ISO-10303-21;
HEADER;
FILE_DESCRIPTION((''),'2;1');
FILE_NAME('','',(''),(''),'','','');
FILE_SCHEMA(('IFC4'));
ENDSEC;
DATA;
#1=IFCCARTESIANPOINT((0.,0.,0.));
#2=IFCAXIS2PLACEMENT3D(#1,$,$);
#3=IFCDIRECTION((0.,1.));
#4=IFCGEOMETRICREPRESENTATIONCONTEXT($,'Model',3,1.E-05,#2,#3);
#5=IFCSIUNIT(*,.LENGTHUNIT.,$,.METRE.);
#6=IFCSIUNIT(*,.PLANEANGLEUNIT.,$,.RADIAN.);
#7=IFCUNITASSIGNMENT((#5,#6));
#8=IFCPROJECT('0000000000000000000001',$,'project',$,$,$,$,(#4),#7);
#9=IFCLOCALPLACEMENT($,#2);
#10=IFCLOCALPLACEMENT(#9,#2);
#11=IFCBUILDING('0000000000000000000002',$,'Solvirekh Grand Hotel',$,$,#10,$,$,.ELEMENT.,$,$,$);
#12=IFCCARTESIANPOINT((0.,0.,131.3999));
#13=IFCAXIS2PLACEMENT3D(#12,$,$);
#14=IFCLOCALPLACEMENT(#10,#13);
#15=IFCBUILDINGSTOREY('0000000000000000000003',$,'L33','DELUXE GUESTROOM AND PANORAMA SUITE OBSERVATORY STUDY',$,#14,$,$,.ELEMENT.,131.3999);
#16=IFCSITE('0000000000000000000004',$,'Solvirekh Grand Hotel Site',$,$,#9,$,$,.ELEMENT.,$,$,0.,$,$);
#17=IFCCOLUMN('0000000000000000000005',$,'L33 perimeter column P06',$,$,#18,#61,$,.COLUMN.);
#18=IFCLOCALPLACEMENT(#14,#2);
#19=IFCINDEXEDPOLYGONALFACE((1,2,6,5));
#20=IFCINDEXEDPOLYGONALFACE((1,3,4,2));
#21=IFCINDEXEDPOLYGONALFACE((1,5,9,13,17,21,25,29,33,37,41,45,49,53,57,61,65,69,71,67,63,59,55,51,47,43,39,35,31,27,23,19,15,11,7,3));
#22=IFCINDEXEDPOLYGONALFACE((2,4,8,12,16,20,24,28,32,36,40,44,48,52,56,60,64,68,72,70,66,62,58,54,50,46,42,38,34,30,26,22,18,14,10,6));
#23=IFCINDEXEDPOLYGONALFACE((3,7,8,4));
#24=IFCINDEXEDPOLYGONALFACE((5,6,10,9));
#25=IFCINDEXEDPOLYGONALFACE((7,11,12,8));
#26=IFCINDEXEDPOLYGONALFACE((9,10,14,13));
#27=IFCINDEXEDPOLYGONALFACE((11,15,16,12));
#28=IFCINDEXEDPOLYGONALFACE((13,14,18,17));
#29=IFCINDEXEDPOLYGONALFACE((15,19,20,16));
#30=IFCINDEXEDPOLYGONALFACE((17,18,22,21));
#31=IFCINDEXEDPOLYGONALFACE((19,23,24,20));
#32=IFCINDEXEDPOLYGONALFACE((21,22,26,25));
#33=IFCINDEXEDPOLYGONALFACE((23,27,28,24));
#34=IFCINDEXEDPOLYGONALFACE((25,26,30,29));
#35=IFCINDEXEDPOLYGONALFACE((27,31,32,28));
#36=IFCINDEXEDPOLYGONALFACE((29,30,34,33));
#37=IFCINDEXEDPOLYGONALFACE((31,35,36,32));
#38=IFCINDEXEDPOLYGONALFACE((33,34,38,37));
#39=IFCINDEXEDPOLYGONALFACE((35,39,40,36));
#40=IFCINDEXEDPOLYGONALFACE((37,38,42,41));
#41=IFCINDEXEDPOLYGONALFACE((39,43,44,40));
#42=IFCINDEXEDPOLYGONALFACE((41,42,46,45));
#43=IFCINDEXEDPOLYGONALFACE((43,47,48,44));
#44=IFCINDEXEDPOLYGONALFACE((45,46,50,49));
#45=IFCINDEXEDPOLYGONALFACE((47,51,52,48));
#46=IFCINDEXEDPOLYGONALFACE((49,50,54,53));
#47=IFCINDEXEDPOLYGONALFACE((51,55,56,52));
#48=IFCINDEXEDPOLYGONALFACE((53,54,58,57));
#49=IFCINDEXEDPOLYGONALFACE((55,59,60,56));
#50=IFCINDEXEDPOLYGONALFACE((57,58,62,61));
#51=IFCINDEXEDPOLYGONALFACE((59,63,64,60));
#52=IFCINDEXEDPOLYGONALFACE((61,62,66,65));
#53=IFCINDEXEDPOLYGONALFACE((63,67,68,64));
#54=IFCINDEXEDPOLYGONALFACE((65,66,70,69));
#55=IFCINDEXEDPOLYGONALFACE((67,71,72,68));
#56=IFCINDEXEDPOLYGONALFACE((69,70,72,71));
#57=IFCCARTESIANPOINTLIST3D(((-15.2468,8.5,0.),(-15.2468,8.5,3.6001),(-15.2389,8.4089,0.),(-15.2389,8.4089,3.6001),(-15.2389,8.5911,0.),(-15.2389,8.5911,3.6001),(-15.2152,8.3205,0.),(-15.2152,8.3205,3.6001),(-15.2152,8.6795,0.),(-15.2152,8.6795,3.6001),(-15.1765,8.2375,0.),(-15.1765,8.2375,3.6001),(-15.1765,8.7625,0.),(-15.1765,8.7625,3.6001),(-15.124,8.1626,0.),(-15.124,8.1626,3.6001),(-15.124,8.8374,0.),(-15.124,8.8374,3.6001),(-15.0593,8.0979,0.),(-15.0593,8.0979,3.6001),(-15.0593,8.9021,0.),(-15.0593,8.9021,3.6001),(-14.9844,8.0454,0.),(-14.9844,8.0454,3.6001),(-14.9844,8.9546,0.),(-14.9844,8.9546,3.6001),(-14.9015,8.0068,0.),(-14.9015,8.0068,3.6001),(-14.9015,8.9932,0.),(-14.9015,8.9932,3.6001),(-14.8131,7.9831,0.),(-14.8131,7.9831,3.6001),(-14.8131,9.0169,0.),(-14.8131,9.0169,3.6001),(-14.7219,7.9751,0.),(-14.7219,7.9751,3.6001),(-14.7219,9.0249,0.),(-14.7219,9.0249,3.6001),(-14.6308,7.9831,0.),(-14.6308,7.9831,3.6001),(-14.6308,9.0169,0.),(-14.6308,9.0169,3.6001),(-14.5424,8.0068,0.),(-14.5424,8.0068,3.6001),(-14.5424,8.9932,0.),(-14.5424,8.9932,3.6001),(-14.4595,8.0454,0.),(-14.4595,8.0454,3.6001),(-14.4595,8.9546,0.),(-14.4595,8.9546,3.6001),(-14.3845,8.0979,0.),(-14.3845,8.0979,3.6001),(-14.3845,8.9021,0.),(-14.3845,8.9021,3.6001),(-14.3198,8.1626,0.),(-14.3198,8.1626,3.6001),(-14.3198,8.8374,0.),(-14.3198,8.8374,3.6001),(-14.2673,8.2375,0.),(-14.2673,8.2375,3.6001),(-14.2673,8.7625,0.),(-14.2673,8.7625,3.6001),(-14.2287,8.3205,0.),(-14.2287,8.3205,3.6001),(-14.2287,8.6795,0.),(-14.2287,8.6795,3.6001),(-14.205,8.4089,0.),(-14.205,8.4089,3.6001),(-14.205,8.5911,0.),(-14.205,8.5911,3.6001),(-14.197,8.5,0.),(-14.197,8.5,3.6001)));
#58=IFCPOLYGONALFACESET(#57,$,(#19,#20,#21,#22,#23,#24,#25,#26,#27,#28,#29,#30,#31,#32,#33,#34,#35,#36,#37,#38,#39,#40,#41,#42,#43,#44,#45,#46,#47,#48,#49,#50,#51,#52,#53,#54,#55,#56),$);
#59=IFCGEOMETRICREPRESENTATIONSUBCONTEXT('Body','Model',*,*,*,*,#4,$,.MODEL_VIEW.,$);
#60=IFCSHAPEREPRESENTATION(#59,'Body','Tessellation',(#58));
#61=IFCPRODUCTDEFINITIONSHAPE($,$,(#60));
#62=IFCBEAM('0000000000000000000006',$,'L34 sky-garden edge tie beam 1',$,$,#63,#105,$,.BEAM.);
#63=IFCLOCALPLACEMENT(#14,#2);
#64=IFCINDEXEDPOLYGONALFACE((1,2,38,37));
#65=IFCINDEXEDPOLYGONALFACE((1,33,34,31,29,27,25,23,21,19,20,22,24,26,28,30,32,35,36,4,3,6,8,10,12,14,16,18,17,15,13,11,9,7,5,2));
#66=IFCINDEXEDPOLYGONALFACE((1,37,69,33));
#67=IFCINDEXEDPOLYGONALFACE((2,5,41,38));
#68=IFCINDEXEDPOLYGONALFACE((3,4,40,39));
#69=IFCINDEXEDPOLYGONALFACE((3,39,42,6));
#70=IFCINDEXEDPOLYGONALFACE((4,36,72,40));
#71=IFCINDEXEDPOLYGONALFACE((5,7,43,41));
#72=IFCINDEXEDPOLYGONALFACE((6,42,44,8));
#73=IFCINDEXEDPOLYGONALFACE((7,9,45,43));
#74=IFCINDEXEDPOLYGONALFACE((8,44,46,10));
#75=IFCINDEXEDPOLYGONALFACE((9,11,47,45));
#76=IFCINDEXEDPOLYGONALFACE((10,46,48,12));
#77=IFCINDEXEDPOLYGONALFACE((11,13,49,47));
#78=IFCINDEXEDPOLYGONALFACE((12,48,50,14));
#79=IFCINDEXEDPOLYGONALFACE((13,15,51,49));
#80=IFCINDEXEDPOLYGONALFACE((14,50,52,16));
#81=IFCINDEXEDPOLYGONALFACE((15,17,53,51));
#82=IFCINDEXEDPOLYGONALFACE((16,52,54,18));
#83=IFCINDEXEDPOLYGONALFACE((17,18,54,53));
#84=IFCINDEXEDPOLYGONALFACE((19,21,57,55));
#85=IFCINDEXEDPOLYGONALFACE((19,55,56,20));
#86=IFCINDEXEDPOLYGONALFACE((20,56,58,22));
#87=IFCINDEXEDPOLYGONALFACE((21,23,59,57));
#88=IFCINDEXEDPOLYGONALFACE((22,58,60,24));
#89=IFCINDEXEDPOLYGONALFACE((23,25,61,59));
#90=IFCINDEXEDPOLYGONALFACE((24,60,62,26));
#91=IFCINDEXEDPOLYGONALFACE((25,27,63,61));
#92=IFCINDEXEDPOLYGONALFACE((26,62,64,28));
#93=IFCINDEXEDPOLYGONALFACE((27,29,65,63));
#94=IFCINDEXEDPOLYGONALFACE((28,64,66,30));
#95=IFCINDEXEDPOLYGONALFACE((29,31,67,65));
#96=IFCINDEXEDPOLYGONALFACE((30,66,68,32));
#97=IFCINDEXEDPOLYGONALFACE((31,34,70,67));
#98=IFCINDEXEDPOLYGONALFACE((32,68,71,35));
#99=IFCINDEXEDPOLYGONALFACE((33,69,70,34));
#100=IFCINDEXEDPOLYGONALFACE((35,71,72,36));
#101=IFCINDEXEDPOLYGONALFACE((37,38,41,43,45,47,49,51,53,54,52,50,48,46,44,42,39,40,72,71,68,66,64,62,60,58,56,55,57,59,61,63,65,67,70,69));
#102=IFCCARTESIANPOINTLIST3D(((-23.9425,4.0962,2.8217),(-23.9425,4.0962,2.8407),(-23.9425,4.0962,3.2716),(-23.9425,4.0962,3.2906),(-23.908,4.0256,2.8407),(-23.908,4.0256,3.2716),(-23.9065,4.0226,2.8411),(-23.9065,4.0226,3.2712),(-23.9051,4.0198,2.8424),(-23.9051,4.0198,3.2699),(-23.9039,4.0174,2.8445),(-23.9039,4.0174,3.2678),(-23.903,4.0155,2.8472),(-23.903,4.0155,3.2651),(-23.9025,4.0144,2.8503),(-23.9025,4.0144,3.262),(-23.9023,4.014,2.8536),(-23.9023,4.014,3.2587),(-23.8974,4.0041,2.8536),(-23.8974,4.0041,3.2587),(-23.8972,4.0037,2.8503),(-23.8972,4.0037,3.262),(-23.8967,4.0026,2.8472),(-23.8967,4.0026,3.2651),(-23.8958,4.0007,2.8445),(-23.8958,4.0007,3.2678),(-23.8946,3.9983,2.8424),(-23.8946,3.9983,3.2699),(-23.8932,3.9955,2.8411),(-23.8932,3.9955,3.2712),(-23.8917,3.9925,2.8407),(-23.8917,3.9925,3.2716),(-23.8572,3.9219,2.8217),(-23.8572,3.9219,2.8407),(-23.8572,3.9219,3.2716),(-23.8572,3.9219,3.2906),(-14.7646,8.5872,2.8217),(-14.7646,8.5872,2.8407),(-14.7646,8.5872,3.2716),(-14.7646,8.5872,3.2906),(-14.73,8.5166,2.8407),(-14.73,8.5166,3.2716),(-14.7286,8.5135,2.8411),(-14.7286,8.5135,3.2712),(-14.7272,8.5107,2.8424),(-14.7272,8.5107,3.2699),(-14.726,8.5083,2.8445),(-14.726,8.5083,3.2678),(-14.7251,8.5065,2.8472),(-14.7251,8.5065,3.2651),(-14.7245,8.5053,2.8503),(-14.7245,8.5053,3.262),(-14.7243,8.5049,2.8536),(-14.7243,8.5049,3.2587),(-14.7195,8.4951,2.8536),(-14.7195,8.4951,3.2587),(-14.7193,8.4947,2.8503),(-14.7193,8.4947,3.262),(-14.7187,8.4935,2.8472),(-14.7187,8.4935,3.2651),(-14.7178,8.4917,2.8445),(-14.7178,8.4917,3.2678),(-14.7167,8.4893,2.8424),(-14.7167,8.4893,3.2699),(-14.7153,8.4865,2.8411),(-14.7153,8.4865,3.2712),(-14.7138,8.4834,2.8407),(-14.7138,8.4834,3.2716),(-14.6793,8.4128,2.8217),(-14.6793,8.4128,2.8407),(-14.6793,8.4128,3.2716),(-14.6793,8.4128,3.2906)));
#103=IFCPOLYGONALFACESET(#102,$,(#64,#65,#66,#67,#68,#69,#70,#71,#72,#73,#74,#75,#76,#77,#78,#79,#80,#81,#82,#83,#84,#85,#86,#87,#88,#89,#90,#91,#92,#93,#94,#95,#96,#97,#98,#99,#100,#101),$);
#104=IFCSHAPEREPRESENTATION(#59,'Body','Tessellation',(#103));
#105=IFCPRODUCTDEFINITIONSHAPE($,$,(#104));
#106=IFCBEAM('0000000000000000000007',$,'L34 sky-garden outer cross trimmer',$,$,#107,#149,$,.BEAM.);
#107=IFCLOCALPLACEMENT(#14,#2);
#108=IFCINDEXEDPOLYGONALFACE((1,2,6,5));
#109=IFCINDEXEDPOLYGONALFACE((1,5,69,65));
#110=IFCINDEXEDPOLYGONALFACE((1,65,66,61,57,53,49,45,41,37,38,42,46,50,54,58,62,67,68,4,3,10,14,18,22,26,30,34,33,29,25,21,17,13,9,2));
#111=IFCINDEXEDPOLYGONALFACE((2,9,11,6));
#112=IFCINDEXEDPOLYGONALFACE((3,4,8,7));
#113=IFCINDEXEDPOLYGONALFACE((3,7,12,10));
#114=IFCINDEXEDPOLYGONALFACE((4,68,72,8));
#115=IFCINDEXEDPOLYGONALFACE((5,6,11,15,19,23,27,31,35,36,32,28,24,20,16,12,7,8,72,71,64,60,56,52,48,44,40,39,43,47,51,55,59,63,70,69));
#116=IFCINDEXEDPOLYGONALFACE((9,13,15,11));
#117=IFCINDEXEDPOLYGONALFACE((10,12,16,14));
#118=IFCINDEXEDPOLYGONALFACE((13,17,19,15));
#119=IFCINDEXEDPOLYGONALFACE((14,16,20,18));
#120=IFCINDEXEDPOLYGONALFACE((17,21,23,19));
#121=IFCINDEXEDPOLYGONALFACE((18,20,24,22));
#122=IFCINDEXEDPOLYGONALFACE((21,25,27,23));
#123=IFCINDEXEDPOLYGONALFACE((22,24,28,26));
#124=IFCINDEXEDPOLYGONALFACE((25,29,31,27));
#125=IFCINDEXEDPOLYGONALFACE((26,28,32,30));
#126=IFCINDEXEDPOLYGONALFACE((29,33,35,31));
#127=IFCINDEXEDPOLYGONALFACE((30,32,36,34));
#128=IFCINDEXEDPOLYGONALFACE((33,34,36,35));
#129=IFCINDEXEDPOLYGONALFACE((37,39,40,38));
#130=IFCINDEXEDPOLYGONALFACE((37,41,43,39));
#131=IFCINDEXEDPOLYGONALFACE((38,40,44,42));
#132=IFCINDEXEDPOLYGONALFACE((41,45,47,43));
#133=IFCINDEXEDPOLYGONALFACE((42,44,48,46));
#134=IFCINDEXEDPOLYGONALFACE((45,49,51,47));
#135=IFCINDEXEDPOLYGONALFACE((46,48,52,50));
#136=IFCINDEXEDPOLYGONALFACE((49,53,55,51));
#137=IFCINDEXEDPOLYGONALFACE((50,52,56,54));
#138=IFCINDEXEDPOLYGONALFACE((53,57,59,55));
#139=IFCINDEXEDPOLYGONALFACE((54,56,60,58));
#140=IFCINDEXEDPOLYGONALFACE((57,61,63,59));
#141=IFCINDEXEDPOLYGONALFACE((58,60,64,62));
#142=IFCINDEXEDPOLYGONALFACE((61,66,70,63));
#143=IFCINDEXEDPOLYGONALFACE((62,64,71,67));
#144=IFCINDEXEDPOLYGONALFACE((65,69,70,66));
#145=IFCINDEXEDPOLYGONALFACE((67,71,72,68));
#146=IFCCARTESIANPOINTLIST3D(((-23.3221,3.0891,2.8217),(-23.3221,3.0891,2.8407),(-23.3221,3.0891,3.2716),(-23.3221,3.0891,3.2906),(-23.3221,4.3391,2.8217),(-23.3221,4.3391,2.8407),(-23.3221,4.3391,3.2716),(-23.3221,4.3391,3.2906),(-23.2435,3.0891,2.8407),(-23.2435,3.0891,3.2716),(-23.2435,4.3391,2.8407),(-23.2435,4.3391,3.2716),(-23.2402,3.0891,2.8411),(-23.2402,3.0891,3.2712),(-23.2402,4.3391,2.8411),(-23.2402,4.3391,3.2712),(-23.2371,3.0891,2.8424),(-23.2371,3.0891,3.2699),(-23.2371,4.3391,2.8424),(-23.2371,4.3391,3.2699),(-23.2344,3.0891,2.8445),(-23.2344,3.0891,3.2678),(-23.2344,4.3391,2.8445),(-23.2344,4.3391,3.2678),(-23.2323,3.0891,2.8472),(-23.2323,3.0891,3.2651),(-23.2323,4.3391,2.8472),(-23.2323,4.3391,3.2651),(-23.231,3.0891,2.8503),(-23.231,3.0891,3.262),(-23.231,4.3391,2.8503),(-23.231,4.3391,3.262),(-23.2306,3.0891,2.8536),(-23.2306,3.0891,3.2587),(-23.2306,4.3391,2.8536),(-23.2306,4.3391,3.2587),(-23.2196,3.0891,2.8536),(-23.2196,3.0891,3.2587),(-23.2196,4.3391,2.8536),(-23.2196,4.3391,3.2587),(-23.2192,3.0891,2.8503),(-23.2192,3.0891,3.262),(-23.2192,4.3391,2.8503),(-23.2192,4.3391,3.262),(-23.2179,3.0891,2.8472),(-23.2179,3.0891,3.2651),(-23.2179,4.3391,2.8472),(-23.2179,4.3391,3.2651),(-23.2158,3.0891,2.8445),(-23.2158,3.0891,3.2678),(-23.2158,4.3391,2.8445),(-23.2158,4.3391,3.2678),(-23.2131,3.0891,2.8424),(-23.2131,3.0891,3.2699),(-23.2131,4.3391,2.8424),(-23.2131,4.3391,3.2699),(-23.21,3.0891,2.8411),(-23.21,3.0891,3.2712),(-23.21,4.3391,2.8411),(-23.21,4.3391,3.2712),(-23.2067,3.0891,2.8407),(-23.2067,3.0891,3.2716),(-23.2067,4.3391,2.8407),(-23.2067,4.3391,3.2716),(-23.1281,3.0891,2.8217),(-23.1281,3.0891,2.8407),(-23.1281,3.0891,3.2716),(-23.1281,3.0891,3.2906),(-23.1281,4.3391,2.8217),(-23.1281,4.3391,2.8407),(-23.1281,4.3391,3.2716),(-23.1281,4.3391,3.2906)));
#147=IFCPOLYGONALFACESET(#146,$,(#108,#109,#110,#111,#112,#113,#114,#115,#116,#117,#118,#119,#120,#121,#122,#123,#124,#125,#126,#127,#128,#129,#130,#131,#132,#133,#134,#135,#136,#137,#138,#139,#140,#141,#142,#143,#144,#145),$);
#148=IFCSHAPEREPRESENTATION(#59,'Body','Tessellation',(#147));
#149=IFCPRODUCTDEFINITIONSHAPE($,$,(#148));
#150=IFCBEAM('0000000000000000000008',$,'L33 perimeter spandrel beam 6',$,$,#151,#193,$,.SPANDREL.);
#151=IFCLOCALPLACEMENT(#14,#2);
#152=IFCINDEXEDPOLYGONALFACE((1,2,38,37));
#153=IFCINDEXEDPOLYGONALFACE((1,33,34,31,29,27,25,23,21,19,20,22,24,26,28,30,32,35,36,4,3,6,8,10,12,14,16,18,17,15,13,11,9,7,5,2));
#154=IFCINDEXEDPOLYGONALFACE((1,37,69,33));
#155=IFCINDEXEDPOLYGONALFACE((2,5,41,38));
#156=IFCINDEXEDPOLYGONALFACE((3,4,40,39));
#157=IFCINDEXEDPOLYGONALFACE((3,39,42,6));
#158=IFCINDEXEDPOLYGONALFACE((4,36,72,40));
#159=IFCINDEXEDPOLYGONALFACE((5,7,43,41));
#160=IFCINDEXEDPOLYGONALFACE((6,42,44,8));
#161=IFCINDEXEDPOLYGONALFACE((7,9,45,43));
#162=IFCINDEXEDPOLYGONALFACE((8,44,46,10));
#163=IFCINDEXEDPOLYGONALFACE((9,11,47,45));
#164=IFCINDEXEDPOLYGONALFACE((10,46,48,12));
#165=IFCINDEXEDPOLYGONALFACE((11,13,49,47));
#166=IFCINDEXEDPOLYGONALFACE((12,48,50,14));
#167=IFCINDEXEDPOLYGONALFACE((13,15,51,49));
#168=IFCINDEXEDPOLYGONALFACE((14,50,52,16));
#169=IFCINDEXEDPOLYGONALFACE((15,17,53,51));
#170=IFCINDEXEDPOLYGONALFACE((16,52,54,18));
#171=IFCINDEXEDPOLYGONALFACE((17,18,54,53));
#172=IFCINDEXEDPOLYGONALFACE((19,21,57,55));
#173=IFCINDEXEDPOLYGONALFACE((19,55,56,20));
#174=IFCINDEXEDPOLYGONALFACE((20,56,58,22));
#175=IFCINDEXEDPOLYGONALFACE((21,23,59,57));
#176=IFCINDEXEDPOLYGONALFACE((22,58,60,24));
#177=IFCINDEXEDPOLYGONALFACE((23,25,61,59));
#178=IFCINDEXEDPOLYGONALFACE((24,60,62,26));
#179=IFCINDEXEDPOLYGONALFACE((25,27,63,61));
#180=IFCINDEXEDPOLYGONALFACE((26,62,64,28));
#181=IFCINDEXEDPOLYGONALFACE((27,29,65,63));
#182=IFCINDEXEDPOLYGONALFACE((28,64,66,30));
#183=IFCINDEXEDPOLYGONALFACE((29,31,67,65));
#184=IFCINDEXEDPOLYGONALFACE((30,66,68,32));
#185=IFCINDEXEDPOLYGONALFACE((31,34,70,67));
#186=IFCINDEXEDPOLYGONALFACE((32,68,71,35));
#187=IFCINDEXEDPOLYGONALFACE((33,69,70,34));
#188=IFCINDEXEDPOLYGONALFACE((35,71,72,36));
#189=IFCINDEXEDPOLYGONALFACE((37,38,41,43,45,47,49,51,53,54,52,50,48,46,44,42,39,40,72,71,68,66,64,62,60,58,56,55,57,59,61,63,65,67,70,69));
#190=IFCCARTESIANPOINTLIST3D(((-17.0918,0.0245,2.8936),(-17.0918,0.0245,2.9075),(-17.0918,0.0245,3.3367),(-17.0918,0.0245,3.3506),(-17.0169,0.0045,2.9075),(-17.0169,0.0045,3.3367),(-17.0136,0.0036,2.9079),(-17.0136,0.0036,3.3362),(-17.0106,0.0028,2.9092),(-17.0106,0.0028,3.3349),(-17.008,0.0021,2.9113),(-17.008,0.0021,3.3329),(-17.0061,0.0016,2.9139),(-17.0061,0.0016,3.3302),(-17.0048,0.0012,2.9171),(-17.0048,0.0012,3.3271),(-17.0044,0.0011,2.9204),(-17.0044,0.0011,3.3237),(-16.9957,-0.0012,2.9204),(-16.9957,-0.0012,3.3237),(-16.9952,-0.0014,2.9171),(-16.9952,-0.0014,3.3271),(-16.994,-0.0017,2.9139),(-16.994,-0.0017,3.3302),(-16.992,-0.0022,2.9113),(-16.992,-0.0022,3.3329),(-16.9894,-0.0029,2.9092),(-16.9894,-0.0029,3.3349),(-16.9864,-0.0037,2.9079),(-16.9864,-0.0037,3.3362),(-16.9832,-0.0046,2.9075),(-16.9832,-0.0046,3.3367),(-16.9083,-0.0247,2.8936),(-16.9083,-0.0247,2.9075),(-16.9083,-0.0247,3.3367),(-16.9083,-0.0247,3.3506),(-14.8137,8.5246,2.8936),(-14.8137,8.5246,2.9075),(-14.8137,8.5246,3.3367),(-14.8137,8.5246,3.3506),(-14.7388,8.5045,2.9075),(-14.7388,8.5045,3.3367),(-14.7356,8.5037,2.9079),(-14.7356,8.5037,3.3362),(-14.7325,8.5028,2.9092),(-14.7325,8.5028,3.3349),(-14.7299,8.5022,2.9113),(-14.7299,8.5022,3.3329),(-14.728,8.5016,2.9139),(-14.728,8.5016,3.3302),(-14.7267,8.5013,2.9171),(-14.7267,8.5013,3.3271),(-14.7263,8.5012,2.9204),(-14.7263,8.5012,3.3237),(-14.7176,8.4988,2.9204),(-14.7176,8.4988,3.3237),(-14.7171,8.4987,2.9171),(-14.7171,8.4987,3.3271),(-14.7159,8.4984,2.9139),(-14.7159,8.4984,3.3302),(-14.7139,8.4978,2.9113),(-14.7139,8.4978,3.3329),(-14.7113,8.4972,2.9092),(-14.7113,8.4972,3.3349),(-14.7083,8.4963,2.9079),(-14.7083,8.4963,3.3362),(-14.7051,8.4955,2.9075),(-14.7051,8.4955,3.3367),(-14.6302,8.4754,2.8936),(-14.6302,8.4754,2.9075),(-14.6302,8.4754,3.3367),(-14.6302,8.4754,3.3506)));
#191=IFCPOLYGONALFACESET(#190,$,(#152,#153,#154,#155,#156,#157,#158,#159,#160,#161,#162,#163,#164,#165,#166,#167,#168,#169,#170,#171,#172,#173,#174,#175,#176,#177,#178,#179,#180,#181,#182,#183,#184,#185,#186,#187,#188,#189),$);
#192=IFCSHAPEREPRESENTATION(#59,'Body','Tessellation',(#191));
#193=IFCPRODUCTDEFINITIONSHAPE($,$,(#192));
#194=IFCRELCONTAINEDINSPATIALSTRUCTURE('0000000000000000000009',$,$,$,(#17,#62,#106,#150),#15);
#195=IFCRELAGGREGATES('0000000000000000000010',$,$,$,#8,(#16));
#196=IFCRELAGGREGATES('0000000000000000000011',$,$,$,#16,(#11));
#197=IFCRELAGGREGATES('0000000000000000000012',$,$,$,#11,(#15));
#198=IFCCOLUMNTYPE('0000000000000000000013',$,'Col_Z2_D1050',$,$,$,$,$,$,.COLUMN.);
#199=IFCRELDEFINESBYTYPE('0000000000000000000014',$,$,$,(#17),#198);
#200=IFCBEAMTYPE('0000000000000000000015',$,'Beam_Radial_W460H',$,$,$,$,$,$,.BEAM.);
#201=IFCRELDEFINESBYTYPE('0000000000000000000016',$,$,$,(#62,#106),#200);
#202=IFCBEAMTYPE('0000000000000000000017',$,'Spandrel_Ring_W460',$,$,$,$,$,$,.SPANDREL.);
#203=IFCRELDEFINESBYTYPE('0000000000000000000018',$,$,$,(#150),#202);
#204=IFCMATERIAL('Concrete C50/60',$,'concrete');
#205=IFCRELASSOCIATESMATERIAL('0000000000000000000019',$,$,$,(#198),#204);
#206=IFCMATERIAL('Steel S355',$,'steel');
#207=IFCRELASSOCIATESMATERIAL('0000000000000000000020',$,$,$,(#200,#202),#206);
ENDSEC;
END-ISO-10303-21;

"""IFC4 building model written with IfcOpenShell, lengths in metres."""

from ifc_helpers import new_model, si_unit, direction, frame, origin, origin_2d, place, context, subcontext, project, spatial, circle, i_section, extrude, material, material_profile, profile_set, type_object, element, save


model = new_model("IFC4")

# Units and contexts
model_context = context("Model", 3, precision=1e-05, world=origin(), true_north=direction((0.0, 1.0)))
body_context = subcontext(model_context, "Body", "Model", "MODEL_VIEW")
ifc_project = project(units=[si_unit("LENGTHUNIT", "METRE"), si_unit("PLANEANGLEUNIT", "RADIAN")], contexts=[model_context])

# Site, building, storey
site_placement = place(None, origin())
site = spatial("IfcSite", under=ifc_project, at=site_placement, Name="Solvirekh Grand Hotel Site", CompositionType="ELEMENT", RefElevation=0.0)
building_placement = place(site_placement, origin())
building = spatial("IfcBuilding", under=site, at=building_placement, Name="Solvirekh Grand Hotel", CompositionType="ELEMENT")
storey_placement = place(building_placement, frame((0.0, 0.0, 131.3999)))
storey = spatial("IfcBuildingStorey", under=building, at=storey_placement, Name="L33", Description="DELUXE GUESTROOM AND PANORAMA SUITE OBSERVATORY STUDY", CompositionType="ELEMENT", Elevation=131.3999)

# Column
ifc_material_1 = material(Name="Concrete C50/60", Category="concrete")
ifc_material_profile_1 = material_profile(ifc_material_1, circle(Radius=0.5249, at=origin_2d()), Name="RC CIRC D1050")
ifc_profile_set_1 = profile_set([ifc_material_profile_1], Name="Concrete C50/60")
column_type = type_object("IfcColumnType", Name="Col_Z2_D1050", PredefinedType="COLUMN", material=ifc_profile_set_1)
column_placement = place(storey_placement, frame((-14.7219, 8.5, 0.0), z_axis=(0.0, 0.0, 1.0), x_axis=(1.0, 0.0, 0.0)))
element("IfcColumn", 1, at=column_placement, inside=storey, type_object=column_type, Name="L33 perimeter column P06", PredefinedType="COLUMN", context=body_context, shape_type="SweptSolid", body=[
    extrude(circle(Radius=0.5249, at=origin_2d()), origin(), (0.0, 0.0, 1.0), 3.6001),
])

# Beams
ifc_material_2 = material(Name="Steel S355", Category="steel")
ifc_material_profile_2 = material_profile(ifc_material_2, i_section(OverallWidth=0.1941, OverallDepth=0.469, WebThickness=0.011, FlangeThickness=0.019, FilletRadius=0.0129, at=origin_2d()), Name="W460X106")
ifc_profile_set_2 = profile_set([ifc_material_profile_2], Name="Steel S355")
beam_type_1 = type_object("IfcBeamType", Name="Beam_Radial_W460H", PredefinedType="BEAM", material=ifc_profile_set_2)
beam_1_placement = place(storey_placement, frame((-14.7219, 8.5, 3.0562), z_axis=(-0.898232, -0.439523, 0.0), x_axis=(0.439523, -0.898232, 0.0)))
element("IfcBeam", 2, at=beam_1_placement, inside=storey, type_object=beam_type_1, Name="L34 sky-garden edge tie beam 1", PredefinedType="BEAM", context=body_context, shape_type="SweptSolid", body=[
    extrude(i_section(OverallWidth=0.1941, OverallDepth=0.469, WebThickness=0.011, FlangeThickness=0.019, FilletRadius=0.0129, at=origin_2d()), origin(), (0.0, 0.0, 1.0), 10.2178),
])
beam_2_placement = place(storey_placement, frame((-23.2251, 4.3391, 3.0562), z_axis=(0.0, -1.0, 0.0), x_axis=(1.0, 0.0, 0.0)))
element("IfcBeam", 3, at=beam_2_placement, inside=storey, type_object=beam_type_1, Name="L34 sky-garden outer cross trimmer", PredefinedType="BEAM", context=body_context, shape_type="SweptSolid", body=[
    extrude(i_section(OverallWidth=0.1941, OverallDepth=0.469, WebThickness=0.011, FlangeThickness=0.019, FilletRadius=0.0129, at=origin_2d()), origin(), (0.0, 0.0, 1.0), 1.25),
])
ifc_material_profile_3 = material_profile(ifc_material_2, i_section(OverallWidth=0.1899, OverallDepth=0.457, WebThickness=0.009, FlangeThickness=0.0139, FilletRadius=0.0129, at=origin_2d()), Name="W460X74")
ifc_profile_set_3 = profile_set([ifc_material_profile_3], Name="Steel S355")
beam_type_2 = type_object("IfcBeamType", Name="Spandrel_Ring_W460", PredefinedType="SPANDREL", material=ifc_profile_set_3)
beam_3_placement = place(storey_placement, frame((-14.7219, 8.5, 3.1221), z_axis=(-0.258873, -0.965911, 0.0), x_axis=(0.965911, -0.258873, 0.0)))
element("IfcBeam", 4, at=beam_3_placement, inside=storey, type_object=beam_type_2, Name="L33 perimeter spandrel beam 6", PredefinedType="SPANDREL", context=body_context, shape_type="SweptSolid", body=[
    extrude(i_section(OverallWidth=0.1899, OverallDepth=0.457, WebThickness=0.009, FlangeThickness=0.0139, FilletRadius=0.0129, at=origin_2d()), origin(), (0.0, 0.0, 1.0), 8.8),
])

save(model, "model.ifc")
